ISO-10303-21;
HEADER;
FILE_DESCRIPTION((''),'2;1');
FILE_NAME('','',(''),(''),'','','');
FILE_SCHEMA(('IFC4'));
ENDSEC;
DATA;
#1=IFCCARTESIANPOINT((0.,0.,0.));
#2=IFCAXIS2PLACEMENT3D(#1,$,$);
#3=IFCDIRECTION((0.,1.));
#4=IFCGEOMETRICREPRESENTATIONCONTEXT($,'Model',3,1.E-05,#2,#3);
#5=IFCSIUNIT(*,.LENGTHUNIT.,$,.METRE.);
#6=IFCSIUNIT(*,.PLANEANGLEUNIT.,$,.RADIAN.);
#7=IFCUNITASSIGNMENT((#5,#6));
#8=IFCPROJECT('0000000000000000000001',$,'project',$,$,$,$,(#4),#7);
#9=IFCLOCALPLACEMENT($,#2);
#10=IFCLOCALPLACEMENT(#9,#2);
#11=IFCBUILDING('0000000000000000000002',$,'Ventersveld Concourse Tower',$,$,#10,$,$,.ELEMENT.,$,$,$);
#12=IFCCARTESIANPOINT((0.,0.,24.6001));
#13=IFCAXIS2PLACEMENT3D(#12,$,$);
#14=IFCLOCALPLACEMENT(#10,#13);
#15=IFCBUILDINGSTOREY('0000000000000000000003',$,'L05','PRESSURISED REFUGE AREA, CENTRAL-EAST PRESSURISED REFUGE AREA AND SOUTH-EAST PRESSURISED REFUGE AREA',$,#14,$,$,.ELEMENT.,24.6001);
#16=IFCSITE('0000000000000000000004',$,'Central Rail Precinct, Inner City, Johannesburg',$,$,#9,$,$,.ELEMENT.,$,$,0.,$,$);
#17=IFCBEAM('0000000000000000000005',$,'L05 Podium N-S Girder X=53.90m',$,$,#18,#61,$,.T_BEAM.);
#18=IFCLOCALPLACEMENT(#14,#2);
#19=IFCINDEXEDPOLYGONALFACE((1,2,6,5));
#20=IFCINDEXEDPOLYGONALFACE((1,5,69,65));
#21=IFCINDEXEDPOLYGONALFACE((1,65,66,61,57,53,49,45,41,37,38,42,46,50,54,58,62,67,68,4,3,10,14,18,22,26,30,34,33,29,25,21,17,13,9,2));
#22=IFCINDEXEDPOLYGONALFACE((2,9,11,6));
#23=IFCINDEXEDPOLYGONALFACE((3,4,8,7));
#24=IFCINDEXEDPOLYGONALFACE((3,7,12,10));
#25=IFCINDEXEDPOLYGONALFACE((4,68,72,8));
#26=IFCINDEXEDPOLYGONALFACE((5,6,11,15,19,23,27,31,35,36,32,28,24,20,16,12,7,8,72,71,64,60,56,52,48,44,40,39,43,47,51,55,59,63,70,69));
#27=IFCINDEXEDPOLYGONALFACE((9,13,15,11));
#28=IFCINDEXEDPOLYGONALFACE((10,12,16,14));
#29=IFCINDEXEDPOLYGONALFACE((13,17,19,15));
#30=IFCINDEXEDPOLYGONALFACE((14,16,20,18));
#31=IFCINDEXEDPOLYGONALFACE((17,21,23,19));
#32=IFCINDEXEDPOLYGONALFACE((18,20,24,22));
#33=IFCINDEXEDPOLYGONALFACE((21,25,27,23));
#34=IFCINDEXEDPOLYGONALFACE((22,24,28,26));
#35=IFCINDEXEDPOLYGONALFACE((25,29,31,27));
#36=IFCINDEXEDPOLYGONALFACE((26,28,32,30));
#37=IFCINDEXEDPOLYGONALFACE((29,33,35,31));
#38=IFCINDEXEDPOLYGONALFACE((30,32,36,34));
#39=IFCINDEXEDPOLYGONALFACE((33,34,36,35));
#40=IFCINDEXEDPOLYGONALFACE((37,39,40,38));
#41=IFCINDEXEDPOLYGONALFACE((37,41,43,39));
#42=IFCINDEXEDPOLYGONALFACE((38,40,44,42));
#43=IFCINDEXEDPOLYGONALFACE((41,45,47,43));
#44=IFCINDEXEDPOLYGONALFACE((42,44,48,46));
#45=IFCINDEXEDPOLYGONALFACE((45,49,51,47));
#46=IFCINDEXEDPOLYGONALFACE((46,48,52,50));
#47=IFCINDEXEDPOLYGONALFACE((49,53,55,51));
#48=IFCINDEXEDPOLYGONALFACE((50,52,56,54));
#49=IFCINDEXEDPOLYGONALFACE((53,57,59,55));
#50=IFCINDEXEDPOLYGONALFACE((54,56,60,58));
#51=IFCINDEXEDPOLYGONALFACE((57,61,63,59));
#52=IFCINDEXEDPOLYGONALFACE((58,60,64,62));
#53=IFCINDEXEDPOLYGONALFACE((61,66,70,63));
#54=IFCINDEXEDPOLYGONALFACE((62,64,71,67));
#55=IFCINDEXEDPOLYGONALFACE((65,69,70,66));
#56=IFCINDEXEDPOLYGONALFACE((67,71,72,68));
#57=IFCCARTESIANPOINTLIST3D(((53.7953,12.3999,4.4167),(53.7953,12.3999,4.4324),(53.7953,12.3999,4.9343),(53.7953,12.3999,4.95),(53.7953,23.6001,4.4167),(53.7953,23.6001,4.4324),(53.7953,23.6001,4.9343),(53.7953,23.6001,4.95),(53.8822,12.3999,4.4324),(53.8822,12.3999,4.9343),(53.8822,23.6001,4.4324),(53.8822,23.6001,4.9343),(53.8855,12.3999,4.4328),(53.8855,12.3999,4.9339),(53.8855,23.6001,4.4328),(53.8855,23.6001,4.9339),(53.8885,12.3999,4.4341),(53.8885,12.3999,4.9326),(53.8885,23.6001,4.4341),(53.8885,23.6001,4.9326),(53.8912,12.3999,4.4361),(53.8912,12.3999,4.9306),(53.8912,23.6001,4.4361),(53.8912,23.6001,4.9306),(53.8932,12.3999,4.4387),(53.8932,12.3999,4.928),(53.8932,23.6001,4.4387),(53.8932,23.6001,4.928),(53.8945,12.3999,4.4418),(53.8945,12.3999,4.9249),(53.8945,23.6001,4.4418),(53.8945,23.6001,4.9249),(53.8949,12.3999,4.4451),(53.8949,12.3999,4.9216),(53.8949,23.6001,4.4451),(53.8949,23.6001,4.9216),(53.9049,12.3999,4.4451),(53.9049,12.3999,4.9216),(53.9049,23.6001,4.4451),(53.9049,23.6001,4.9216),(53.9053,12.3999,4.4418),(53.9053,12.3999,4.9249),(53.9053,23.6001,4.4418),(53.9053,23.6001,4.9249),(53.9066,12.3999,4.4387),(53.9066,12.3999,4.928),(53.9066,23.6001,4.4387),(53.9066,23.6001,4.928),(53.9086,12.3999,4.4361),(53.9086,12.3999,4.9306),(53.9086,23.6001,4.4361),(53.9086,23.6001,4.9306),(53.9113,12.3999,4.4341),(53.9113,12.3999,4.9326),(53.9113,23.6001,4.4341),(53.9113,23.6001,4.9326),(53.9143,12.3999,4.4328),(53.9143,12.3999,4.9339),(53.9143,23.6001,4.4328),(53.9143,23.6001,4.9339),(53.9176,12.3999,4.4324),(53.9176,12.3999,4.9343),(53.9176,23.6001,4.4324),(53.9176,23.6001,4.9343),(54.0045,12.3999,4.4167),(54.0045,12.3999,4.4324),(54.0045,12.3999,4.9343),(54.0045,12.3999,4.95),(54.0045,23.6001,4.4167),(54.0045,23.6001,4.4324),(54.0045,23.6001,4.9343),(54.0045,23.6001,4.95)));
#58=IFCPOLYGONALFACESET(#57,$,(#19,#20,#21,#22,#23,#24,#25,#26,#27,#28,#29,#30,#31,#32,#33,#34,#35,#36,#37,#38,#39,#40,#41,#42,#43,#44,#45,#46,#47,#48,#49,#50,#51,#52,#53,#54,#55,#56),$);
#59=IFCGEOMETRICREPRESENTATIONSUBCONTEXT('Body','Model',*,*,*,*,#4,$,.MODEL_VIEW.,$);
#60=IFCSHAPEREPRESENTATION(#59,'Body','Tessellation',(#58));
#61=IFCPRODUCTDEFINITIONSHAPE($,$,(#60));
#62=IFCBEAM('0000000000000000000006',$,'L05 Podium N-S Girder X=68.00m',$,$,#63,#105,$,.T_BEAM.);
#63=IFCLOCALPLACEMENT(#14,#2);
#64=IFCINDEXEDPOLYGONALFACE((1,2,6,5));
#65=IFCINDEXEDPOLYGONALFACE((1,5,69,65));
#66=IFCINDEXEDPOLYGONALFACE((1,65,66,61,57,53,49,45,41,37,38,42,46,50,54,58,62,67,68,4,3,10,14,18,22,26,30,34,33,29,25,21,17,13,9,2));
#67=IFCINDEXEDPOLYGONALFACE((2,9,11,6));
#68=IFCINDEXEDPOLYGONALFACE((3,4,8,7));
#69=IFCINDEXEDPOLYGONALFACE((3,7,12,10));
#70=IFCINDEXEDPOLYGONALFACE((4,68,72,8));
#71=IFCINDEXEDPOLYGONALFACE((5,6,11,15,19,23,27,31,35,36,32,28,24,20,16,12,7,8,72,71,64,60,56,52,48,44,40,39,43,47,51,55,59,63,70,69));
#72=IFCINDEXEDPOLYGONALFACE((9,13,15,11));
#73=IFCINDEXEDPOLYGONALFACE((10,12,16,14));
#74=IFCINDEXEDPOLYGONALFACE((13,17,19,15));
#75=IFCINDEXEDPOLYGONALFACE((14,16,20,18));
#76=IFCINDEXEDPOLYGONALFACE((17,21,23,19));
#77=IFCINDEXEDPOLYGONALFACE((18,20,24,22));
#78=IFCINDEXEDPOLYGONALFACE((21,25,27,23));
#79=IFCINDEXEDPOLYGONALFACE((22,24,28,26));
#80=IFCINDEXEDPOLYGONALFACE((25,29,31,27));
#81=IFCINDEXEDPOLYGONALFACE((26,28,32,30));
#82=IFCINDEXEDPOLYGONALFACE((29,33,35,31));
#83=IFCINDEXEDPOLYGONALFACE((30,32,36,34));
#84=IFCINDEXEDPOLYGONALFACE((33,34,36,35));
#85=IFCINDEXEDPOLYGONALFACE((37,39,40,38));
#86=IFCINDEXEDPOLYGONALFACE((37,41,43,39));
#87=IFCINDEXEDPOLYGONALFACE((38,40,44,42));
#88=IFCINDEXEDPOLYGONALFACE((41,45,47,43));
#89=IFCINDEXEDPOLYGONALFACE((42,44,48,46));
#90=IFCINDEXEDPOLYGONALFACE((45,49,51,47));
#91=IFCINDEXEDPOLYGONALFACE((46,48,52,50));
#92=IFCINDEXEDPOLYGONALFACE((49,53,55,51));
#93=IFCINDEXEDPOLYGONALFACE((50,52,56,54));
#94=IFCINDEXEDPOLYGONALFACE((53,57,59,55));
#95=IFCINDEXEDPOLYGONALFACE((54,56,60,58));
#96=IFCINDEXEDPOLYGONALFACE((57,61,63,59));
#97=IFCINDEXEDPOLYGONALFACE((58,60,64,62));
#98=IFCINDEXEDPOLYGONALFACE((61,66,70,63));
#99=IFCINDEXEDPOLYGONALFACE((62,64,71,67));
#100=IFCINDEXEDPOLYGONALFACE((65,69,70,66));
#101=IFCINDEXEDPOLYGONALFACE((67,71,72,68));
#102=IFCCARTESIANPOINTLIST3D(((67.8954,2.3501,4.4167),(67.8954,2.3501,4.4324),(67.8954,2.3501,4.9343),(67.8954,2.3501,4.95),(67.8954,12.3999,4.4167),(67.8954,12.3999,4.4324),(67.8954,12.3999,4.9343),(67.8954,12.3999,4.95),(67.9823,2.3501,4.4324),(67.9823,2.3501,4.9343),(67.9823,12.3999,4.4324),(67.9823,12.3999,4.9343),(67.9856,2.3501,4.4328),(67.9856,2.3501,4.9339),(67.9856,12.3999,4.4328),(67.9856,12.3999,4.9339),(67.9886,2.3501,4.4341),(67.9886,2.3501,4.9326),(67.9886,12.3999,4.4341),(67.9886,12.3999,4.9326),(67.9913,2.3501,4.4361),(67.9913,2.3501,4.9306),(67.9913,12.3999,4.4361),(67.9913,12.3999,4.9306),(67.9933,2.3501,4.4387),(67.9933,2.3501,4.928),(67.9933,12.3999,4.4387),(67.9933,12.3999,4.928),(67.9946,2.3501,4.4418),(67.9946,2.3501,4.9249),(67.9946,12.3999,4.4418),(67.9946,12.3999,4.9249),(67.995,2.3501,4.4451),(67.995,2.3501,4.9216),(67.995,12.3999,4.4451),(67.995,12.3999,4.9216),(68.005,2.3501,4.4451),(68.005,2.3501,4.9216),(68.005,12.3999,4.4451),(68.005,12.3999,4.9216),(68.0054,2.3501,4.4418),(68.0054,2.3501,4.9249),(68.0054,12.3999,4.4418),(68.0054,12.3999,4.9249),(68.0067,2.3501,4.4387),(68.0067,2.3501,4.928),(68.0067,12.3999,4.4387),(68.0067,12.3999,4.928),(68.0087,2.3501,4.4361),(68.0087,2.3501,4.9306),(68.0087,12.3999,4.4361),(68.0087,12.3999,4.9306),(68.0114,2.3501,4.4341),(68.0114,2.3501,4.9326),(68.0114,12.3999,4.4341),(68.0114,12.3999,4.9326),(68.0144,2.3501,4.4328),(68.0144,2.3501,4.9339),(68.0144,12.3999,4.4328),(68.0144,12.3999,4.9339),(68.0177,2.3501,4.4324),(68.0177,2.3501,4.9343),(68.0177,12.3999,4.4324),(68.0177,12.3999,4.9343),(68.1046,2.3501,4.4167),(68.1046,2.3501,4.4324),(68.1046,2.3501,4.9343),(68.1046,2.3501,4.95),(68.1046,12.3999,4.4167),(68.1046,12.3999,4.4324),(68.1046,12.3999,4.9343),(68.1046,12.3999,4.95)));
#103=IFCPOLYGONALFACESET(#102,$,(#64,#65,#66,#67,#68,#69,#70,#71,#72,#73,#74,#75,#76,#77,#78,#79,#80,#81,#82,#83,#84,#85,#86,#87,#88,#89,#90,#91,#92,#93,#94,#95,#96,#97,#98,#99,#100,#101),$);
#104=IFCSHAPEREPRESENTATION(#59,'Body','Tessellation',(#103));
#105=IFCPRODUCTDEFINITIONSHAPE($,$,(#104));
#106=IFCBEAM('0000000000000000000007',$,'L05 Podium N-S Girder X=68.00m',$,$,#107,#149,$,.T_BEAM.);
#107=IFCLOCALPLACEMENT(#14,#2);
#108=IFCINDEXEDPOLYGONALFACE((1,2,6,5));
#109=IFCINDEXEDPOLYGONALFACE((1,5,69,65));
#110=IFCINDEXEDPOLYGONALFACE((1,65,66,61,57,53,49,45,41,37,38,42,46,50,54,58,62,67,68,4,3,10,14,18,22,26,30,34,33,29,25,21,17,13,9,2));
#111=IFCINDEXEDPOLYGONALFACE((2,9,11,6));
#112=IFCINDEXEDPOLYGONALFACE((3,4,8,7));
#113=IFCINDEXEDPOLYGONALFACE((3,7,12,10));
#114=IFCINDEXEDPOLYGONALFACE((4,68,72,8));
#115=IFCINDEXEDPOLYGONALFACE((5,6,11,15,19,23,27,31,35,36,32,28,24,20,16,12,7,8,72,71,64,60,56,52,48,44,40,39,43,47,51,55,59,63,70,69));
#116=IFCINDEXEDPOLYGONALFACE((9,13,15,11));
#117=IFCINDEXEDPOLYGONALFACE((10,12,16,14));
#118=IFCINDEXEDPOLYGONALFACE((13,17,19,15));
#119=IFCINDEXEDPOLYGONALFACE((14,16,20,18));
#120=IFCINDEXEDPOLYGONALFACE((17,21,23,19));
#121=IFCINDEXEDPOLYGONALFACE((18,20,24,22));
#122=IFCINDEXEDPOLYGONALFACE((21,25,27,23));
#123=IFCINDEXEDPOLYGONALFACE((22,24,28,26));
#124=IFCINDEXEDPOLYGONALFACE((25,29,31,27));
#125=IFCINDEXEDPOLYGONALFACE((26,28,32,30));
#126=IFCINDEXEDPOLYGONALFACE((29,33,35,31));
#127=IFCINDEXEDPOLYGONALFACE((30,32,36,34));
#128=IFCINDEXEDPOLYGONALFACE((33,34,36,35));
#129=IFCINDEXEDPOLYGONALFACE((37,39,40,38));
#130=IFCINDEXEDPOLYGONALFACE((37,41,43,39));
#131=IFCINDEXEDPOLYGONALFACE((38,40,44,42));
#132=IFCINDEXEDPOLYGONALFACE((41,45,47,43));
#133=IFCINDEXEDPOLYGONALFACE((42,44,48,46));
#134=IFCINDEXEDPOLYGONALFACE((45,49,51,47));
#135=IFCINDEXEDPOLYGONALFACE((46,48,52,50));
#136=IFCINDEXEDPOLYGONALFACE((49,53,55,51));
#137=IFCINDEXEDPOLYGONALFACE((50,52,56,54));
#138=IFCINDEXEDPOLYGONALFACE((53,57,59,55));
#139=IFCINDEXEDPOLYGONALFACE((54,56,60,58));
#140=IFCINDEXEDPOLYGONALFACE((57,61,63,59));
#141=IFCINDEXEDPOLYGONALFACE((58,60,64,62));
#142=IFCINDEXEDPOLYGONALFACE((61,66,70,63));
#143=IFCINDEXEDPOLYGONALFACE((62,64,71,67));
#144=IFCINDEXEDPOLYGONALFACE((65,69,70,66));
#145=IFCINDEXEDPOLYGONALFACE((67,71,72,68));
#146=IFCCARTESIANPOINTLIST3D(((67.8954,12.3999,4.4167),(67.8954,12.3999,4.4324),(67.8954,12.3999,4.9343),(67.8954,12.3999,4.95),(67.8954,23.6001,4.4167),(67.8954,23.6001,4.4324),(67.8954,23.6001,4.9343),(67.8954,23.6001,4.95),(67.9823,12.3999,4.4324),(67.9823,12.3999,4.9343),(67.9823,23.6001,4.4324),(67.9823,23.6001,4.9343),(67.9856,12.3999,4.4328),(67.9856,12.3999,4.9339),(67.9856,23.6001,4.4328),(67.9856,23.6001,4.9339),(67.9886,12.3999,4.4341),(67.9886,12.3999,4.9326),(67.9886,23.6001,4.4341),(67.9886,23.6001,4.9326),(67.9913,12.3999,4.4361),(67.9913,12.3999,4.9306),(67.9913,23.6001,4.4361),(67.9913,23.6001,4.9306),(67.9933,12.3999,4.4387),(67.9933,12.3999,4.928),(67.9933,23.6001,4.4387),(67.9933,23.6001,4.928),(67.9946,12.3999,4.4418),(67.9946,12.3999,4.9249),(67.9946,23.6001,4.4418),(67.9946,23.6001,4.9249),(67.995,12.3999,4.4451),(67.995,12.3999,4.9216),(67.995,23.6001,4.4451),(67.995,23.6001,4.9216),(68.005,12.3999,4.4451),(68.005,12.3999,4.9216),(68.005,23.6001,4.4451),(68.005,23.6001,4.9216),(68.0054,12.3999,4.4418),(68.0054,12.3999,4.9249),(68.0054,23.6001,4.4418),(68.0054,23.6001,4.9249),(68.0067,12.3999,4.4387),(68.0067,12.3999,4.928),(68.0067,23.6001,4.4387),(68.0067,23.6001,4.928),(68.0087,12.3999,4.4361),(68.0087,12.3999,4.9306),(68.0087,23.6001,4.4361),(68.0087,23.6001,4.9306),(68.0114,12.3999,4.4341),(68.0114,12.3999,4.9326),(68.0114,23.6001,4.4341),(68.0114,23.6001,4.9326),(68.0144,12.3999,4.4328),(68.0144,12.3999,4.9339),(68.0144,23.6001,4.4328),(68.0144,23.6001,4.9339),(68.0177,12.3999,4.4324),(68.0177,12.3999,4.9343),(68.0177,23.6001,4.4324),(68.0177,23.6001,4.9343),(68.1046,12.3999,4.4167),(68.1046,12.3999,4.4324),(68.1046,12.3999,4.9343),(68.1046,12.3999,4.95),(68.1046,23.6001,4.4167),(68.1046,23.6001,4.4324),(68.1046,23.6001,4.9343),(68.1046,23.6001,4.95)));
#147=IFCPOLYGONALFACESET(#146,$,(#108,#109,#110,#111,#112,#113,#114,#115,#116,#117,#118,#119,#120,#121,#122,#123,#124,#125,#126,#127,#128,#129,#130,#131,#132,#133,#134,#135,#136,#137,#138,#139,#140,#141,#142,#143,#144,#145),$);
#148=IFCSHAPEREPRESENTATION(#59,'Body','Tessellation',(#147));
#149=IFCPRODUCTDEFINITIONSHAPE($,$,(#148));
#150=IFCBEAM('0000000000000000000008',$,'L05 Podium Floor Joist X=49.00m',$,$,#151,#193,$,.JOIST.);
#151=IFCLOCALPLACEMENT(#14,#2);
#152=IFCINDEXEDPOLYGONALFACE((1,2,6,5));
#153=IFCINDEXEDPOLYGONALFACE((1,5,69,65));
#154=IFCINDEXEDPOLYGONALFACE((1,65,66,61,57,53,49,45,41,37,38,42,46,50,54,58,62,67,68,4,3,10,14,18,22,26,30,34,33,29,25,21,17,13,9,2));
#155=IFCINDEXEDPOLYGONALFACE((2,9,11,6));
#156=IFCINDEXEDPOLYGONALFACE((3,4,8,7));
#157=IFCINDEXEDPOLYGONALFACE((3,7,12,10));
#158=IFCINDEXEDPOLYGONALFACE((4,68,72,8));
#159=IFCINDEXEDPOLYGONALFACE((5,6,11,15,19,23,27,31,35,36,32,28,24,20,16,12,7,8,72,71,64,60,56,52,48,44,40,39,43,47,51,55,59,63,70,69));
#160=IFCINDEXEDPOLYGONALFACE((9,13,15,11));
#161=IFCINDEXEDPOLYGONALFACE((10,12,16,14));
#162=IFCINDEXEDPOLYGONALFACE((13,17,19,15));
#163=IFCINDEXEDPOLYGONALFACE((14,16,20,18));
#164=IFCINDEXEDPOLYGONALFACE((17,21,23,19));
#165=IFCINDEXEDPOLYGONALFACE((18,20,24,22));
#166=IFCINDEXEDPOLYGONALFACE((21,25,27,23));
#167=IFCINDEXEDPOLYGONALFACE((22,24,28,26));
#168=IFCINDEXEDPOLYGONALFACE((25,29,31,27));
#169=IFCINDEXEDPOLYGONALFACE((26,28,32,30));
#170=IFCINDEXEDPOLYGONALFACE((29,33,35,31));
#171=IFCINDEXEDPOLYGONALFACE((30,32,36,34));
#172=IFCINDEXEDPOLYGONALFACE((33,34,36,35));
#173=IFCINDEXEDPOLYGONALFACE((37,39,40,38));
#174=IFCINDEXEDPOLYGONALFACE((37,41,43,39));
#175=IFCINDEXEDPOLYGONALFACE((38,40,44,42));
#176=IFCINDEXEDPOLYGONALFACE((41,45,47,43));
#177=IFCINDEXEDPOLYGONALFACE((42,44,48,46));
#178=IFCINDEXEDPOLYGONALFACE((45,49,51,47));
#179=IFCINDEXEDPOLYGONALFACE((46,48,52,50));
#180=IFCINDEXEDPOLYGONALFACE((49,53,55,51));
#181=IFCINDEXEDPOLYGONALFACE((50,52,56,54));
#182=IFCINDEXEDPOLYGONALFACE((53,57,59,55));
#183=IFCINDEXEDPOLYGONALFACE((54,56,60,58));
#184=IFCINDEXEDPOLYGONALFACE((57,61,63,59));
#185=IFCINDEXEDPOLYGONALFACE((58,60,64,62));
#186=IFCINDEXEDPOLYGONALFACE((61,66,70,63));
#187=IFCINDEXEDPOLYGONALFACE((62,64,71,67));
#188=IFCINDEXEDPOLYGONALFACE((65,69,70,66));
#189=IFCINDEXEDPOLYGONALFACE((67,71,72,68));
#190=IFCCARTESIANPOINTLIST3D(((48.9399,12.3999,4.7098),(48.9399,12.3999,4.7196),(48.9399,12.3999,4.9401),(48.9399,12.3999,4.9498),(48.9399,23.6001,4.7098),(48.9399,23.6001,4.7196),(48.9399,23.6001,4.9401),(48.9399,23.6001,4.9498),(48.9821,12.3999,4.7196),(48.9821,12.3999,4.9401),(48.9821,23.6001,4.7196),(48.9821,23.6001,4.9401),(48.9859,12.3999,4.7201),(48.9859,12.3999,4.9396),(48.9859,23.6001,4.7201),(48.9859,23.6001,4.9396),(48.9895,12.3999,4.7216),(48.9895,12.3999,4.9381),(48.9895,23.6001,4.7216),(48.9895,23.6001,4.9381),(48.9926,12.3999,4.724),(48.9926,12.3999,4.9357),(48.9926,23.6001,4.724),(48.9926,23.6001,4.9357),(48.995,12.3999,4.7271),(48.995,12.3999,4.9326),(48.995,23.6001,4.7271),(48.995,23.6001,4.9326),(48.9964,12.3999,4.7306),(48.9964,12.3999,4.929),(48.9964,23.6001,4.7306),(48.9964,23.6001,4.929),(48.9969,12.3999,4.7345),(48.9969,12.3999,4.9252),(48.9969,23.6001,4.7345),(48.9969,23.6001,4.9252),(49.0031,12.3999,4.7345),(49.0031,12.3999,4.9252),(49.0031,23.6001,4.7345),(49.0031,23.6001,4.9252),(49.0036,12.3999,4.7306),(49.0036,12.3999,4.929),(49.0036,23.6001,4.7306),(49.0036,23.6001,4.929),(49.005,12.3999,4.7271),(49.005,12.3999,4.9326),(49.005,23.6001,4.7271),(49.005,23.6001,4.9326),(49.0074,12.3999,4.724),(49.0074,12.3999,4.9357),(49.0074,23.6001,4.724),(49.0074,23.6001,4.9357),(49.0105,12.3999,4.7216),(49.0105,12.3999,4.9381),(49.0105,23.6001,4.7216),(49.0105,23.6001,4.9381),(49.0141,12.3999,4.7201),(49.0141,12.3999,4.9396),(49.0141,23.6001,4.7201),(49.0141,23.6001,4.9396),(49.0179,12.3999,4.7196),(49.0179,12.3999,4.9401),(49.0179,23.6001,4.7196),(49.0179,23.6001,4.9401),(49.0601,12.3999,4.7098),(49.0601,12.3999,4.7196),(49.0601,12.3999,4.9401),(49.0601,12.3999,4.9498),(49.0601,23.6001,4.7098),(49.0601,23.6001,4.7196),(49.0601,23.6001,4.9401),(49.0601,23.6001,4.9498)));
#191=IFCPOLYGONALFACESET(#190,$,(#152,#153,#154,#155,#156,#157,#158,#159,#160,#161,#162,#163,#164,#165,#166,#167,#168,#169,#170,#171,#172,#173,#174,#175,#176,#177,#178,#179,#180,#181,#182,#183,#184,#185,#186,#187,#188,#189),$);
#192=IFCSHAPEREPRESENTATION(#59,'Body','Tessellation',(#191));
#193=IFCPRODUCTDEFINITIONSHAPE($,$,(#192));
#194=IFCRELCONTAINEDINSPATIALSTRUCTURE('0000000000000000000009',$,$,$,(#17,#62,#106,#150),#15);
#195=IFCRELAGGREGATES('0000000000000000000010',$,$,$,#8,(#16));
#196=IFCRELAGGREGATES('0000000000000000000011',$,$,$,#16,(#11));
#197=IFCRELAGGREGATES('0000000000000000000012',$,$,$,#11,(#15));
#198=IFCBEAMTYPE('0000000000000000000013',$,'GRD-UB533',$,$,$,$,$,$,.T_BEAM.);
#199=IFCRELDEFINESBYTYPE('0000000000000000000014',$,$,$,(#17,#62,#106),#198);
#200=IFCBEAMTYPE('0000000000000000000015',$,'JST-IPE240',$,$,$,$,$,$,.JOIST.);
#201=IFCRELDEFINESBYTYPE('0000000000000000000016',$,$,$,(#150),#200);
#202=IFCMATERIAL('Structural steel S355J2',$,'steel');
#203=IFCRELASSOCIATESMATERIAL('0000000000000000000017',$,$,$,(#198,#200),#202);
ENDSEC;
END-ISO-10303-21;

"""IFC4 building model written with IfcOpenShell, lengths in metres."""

from ifc_helpers import new_model, si_unit, direction, frame, origin, origin_2d, place, context, subcontext, project, spatial, i_section, extrude, material, material_profile, profile_set, type_object, element, save


model = new_model("IFC4")

# Units and contexts
model_context = context("Model", 3, precision=1e-05, world=origin(), true_north=direction((0.0, 1.0)))
body_context = subcontext(model_context, "Body", "Model", "MODEL_VIEW")
ifc_project = project(units=[si_unit("LENGTHUNIT", "METRE"), si_unit("PLANEANGLEUNIT", "RADIAN")], contexts=[model_context])

# Site, building, storey
site_placement = place(None, origin())
site = spatial("IfcSite", under=ifc_project, at=site_placement, Name="Central Rail Precinct, Inner City, Johannesburg", CompositionType="ELEMENT", RefElevation=0.0)
building_placement = place(site_placement, origin())
building = spatial("IfcBuilding", under=site, at=building_placement, Name="Ventersveld Concourse Tower", CompositionType="ELEMENT")
storey_placement = place(building_placement, frame((0.0, 0.0, 24.6001)))
storey = spatial("IfcBuildingStorey", under=building, at=storey_placement, Name="L05", Description="PRESSURISED REFUGE AREA, CENTRAL-EAST PRESSURISED REFUGE AREA AND SOUTH-EAST PRESSURISED REFUGE AREA", CompositionType="ELEMENT", Elevation=24.6001)

# Beams
ifc_material_1 = material(Name="Structural steel S355J2", Category="steel")
ifc_material_profile_1 = material_profile(ifc_material_1, i_section(OverallWidth=0.2092, OverallDepth=0.5332, WebThickness=0.01, FlangeThickness=0.0156, FilletRadius=0.0127, at=origin_2d()), Name="UB 533x210x92")
ifc_profile_set_1 = profile_set([ifc_material_profile_1], Name="Structural steel S355J2")
beam_type_1 = type_object("IfcBeamType", Name="GRD-UB533", PredefinedType="T_BEAM", material=ifc_profile_set_1)
beam_1_placement = place(storey_placement, frame((53.8999, 12.3999, 4.6833), z_axis=(0.0, 1.0, 0.0), x_axis=(-1.0, 0.0, 0.0)))
element("IfcBeam", 1, at=beam_1_placement, inside=storey, type_object=beam_type_1, Name="L05 Podium N-S Girder X=53.90m", PredefinedType="T_BEAM", context=body_context, shape_type="SweptSolid", body=[
    extrude(i_section(OverallWidth=0.2092, OverallDepth=0.5332, WebThickness=0.01, FlangeThickness=0.0156, FilletRadius=0.0127, at=origin_2d()), origin(), (0.0, 0.0, 1.0), 11.2002),
])
beam_2_placement = place(storey_placement, frame((68.0, 2.3501, 4.6833), z_axis=(0.0, 1.0, 0.0), x_axis=(-1.0, 0.0, 0.0)))
element("IfcBeam", 2, at=beam_2_placement, inside=storey, type_object=beam_type_1, Name="L05 Podium N-S Girder X=68.00m", PredefinedType="T_BEAM", context=body_context, shape_type="SweptSolid", body=[
    extrude(i_section(OverallWidth=0.2092, OverallDepth=0.5332, WebThickness=0.01, FlangeThickness=0.0156, FilletRadius=0.0127, at=origin_2d()), origin(), (0.0, 0.0, 1.0), 10.0498),
])
beam_3_placement = place(storey_placement, frame((68.0, 12.3999, 4.6833), z_axis=(0.0, 1.0, 0.0), x_axis=(-1.0, 0.0, 0.0)))
element("IfcBeam", 3, at=beam_3_placement, inside=storey, type_object=beam_type_1, Name="L05 Podium N-S Girder X=68.00m", PredefinedType="T_BEAM", context=body_context, shape_type="SweptSolid", body=[
    extrude(i_section(OverallWidth=0.2092, OverallDepth=0.5332, WebThickness=0.01, FlangeThickness=0.0156, FilletRadius=0.0127, at=origin_2d()), origin(), (0.0, 0.0, 1.0), 11.2002),
])
ifc_material_profile_2 = material_profile(ifc_material_1, i_section(OverallWidth=0.1201, OverallDepth=0.24, WebThickness=0.0061, FlangeThickness=0.0098, FilletRadius=0.0149, at=origin_2d()), Name="IPE 240")
ifc_profile_set_2 = profile_set([ifc_material_profile_2], Name="Structural steel S355J2")
beam_type_2 = type_object("IfcBeamType", Name="JST-IPE240", PredefinedType="JOIST", material=ifc_profile_set_2)
beam_4_placement = place(storey_placement, frame((49.0, 12.3999, 4.8298), z_axis=(0.0, 1.0, 0.0), x_axis=(-1.0, 0.0, 0.0)))
element("IfcBeam", 4, at=beam_4_placement, inside=storey, type_object=beam_type_2, Name="L05 Podium Floor Joist X=49.00m", PredefinedType="JOIST", context=body_context, shape_type="SweptSolid", body=[
    extrude(i_section(OverallWidth=0.1201, OverallDepth=0.24, WebThickness=0.0061, FlangeThickness=0.0098, FilletRadius=0.0149, at=origin_2d()), origin(), (0.0, 0.0, 1.0), 11.2002),
])

save(model, "model.ifc")
